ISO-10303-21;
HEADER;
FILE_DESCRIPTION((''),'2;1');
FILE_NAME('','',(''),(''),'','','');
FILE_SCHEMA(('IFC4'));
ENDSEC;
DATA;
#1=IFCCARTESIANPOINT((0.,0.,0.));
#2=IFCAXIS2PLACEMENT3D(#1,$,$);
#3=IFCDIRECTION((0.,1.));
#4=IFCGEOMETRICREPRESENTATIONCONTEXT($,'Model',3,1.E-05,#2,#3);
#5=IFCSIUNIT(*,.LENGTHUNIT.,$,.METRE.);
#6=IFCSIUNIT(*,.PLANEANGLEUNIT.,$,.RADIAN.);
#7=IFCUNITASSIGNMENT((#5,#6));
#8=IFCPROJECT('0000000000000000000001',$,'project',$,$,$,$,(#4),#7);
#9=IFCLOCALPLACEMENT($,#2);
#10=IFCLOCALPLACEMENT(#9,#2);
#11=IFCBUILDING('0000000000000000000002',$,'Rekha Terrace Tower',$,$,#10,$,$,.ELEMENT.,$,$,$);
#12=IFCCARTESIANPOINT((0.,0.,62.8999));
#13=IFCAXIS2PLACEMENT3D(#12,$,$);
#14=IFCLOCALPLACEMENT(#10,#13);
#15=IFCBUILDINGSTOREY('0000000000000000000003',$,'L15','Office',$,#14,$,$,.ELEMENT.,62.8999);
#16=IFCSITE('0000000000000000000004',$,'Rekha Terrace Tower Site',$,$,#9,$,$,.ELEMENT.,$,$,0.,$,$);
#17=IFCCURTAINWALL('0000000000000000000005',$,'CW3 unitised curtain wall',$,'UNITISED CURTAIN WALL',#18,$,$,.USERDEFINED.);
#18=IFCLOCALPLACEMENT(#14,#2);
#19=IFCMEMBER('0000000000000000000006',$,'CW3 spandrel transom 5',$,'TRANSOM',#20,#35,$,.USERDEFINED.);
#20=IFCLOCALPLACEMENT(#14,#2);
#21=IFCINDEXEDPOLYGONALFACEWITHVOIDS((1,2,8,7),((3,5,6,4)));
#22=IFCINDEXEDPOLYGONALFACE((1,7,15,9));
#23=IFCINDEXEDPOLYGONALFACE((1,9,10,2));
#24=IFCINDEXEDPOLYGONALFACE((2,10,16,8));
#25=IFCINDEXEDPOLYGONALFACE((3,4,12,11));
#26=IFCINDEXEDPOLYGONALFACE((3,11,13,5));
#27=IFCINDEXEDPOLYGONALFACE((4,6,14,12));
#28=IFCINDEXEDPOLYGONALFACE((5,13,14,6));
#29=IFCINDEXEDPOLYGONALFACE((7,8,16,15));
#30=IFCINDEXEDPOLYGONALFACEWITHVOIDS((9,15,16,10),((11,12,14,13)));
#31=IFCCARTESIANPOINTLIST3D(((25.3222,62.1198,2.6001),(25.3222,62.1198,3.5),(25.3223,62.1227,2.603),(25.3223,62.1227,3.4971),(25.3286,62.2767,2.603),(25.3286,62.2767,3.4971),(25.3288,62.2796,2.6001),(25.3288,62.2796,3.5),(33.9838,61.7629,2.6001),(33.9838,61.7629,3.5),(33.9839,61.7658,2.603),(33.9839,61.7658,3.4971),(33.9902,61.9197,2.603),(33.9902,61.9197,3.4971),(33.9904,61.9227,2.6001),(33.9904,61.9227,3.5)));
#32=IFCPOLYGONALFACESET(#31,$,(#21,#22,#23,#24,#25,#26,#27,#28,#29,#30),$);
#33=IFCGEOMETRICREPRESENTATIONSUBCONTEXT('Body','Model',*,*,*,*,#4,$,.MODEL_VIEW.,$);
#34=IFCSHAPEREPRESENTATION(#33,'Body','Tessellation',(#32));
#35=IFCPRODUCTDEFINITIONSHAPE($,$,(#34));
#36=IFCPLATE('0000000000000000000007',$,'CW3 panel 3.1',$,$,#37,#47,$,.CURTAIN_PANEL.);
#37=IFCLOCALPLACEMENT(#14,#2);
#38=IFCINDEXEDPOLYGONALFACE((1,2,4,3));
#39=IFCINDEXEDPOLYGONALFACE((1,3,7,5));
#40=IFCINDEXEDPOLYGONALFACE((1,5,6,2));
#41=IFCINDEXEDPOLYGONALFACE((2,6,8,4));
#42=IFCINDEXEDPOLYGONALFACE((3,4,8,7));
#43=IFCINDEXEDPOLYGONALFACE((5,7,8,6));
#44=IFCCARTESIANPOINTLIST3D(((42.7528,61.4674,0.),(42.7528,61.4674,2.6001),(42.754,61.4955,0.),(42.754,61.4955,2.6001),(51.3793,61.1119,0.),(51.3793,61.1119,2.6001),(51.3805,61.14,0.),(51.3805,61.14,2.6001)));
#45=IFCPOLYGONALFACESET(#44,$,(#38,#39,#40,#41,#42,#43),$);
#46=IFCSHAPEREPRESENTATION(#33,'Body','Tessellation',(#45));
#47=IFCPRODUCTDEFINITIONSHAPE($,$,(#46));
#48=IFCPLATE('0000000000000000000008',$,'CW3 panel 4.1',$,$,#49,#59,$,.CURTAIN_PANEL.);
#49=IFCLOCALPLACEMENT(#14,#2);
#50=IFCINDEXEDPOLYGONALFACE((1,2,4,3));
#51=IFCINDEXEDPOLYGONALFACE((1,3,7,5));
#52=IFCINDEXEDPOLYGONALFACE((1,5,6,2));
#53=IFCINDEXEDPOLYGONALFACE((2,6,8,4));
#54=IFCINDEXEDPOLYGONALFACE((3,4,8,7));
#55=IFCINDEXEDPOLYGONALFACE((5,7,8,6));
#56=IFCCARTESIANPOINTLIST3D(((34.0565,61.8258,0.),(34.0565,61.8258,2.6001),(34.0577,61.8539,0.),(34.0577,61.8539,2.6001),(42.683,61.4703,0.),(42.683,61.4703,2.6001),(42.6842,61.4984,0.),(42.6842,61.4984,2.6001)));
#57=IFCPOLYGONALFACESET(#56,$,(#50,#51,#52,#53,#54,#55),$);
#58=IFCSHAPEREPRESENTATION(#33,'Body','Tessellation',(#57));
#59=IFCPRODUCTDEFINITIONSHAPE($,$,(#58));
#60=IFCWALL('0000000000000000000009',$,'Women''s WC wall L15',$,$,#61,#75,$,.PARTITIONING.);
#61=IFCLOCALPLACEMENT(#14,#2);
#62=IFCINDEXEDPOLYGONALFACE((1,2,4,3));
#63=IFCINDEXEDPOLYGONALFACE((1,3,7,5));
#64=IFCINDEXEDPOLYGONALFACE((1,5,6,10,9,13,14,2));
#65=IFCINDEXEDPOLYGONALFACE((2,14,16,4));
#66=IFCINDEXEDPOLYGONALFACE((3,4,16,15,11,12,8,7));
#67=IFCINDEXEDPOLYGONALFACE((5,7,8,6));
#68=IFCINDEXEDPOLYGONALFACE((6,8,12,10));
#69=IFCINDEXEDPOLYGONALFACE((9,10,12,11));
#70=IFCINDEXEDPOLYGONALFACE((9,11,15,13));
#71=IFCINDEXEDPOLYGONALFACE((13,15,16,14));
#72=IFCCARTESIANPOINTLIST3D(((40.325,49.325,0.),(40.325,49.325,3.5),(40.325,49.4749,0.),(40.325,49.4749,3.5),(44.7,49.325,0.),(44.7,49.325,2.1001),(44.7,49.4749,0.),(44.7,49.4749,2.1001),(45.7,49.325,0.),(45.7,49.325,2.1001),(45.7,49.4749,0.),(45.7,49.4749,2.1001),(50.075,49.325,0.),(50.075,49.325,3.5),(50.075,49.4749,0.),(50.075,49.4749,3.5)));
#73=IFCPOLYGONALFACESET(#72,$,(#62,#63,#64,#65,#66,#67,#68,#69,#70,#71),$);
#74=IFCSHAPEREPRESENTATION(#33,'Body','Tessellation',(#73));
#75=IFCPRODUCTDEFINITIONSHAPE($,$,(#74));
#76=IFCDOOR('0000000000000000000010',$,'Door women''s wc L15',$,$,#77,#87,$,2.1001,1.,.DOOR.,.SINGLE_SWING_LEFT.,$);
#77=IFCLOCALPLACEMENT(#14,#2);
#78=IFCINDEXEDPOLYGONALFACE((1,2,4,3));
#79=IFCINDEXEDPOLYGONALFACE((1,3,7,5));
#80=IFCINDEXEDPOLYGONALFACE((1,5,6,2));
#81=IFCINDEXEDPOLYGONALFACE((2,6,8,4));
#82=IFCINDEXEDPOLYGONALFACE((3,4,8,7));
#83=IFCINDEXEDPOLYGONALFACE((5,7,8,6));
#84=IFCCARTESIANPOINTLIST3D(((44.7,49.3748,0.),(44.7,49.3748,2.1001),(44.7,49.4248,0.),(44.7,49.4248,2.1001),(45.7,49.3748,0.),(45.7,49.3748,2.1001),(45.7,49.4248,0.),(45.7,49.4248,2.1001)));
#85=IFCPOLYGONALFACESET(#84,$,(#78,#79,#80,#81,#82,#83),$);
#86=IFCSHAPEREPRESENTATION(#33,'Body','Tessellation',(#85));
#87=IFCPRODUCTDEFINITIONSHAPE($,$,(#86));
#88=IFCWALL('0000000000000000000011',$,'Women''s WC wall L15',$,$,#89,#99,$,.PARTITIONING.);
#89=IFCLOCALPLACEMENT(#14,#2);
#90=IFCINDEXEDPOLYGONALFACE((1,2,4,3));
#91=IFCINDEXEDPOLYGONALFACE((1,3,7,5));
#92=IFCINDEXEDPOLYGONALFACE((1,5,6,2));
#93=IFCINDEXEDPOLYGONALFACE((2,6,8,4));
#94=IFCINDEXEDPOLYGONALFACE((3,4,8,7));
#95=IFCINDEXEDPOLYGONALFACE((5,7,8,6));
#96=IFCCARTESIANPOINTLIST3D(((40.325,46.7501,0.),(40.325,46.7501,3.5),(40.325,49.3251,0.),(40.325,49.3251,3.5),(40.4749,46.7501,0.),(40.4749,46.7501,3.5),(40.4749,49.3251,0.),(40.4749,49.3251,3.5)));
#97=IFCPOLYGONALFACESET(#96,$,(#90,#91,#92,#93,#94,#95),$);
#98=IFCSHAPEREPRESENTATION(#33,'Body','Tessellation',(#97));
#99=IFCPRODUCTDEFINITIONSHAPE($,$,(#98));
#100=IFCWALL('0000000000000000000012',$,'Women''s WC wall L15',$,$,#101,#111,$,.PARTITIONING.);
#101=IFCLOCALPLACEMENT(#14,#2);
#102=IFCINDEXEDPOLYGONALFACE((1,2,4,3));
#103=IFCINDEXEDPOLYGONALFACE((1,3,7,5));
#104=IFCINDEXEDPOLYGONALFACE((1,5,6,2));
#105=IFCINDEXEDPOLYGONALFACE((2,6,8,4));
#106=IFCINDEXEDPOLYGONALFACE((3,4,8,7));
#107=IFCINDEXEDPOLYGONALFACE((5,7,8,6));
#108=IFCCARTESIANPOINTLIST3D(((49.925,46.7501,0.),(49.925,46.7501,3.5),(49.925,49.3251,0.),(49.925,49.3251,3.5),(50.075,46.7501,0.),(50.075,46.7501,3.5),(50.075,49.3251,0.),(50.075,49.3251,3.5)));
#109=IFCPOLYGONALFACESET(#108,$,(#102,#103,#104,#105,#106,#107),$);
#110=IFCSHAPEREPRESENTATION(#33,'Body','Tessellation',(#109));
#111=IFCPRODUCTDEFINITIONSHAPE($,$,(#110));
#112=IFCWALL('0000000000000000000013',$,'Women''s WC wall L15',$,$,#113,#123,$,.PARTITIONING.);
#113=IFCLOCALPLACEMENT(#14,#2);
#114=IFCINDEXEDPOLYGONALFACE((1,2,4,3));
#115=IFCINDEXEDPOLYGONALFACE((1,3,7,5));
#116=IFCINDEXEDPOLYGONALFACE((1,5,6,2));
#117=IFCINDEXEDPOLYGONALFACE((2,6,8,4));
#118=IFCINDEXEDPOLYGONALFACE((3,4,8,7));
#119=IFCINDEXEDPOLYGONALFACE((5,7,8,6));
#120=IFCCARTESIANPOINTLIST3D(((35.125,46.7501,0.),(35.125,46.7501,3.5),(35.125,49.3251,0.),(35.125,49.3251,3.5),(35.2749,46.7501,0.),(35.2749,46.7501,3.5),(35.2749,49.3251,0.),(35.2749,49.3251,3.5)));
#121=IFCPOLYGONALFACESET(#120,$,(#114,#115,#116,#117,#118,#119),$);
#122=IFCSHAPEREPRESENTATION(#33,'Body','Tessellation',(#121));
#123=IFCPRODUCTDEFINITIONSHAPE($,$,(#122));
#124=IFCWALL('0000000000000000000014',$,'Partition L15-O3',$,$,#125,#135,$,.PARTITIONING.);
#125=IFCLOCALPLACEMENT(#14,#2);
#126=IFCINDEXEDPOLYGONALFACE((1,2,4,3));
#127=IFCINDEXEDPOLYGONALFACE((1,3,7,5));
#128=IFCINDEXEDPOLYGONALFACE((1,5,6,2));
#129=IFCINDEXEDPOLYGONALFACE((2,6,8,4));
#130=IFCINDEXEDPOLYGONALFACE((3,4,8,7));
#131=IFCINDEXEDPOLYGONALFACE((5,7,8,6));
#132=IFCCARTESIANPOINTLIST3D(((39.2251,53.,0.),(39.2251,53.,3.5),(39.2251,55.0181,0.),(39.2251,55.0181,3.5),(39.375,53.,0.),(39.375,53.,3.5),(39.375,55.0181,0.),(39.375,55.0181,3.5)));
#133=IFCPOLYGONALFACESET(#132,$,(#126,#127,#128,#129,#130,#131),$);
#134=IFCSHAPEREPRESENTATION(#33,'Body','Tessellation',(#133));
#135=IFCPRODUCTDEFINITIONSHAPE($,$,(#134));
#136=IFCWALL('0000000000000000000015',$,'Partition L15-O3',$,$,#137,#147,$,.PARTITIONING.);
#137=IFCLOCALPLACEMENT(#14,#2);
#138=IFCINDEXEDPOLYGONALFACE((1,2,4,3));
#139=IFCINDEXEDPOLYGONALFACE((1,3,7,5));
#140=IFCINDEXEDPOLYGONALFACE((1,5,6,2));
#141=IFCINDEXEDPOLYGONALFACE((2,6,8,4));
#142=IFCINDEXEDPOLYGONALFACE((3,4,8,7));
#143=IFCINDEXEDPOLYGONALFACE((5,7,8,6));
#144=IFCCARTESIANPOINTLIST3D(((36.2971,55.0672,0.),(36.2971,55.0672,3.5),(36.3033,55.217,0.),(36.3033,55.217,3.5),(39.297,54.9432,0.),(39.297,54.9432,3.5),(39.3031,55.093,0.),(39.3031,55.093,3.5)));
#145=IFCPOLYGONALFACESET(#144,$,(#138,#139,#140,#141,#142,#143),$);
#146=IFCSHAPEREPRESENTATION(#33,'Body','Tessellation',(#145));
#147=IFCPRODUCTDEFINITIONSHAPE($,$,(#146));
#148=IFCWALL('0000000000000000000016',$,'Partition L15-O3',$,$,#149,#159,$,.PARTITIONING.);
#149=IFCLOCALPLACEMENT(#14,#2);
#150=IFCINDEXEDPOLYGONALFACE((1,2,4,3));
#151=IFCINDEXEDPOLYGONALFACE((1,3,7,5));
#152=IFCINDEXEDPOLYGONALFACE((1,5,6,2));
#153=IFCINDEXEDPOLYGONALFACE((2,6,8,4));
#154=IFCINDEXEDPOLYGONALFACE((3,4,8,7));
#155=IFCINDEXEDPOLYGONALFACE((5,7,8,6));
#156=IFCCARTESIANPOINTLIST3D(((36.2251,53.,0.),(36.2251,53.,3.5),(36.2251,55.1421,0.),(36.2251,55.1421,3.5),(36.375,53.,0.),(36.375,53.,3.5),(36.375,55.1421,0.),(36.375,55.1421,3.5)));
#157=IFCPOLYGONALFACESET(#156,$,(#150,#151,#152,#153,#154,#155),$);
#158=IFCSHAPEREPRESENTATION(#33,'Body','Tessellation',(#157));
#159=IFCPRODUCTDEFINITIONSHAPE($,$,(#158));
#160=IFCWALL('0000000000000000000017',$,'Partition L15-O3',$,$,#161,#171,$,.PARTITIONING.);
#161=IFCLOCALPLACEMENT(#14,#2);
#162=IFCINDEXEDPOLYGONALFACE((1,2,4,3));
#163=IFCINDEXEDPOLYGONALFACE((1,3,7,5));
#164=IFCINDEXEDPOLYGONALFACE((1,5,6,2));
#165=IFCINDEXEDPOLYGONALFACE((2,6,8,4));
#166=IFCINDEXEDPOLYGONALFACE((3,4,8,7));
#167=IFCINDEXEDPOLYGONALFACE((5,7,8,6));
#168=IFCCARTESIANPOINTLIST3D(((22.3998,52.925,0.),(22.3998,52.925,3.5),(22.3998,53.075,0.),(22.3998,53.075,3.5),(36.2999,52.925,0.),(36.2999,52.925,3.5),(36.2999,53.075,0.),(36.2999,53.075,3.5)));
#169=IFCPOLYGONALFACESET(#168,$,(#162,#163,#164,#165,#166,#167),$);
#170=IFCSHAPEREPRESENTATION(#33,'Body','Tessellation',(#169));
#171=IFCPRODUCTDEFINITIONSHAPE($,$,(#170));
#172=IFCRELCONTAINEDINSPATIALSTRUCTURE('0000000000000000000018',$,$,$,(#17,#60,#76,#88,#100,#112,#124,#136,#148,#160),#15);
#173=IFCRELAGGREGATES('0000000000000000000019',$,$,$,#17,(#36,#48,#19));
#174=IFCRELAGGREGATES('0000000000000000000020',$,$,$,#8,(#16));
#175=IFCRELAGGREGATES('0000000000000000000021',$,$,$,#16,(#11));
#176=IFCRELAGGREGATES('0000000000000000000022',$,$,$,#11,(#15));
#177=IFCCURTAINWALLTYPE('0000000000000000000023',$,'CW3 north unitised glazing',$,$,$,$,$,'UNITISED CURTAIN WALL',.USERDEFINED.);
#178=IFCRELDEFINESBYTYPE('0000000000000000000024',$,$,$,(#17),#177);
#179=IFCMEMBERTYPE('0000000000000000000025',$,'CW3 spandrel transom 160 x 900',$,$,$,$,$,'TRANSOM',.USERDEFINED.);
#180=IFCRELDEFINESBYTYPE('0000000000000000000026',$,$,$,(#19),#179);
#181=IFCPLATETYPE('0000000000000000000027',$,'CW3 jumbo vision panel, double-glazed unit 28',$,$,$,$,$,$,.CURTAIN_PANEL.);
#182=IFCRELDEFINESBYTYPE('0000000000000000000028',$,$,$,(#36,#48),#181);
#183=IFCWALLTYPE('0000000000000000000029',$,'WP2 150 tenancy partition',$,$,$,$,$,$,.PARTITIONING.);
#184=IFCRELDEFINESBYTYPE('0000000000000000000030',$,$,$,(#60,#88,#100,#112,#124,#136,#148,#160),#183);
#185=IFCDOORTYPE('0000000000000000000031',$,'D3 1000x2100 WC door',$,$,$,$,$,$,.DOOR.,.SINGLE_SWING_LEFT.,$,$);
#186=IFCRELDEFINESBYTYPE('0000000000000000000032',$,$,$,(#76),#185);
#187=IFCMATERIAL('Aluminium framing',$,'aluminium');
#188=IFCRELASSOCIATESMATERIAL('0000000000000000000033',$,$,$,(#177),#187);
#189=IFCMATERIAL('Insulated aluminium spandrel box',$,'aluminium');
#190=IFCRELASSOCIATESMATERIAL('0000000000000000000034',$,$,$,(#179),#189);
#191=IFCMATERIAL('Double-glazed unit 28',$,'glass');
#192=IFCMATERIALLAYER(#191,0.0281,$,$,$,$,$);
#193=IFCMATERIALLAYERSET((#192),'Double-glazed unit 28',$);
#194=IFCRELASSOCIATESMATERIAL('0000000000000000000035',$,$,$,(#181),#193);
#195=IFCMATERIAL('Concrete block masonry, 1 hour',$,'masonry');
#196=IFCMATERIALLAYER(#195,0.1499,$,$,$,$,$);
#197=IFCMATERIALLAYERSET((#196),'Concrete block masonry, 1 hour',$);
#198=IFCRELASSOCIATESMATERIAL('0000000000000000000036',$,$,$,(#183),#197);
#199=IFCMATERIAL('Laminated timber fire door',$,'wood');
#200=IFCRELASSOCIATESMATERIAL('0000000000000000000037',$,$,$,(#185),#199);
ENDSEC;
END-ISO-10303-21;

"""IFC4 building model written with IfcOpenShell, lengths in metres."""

from ifc_helpers import new_model, si_unit, direction, frame, frame_2d, origin, origin_2d, place, context, subcontext, project, spatial, rectangle, hollow_rectangle, extrude, material, layer, layer_set, material_profile, profile_set, type_object, element, fill, aggregate, save


model = new_model("IFC4")

# Units and contexts
model_context = context("Model", 3, precision=1e-05, world=origin(), true_north=direction((0.0, 1.0)))
body_context = subcontext(model_context, "Body", "Model", "MODEL_VIEW")
ifc_project = project(units=[si_unit("LENGTHUNIT", "METRE"), si_unit("PLANEANGLEUNIT", "RADIAN")], contexts=[model_context])

# Site, building, storey
site_placement = place(None, origin())
site = spatial("IfcSite", under=ifc_project, at=site_placement, Name="Rekha Terrace Tower Site", CompositionType="ELEMENT", RefElevation=0.0)
building_placement = place(site_placement, origin())
building = spatial("IfcBuilding", under=site, at=building_placement, Name="Rekha Terrace Tower", CompositionType="ELEMENT")
storey_placement = place(building_placement, frame((0.0, 0.0, 62.8999)))
storey = spatial("IfcBuildingStorey", under=building, at=storey_placement, Name="L15", Description="Office", CompositionType="ELEMENT", Elevation=62.8999)

# Curtain wall, member, plates
ifc_material_1 = material(Name="Aluminium framing", Category="aluminium")
curtain_wall_type = type_object("IfcCurtainWallType", Name="CW3 north unitised glazing", ElementType="UNITISED CURTAIN WALL", PredefinedType="USERDEFINED", material=ifc_material_1)
curtain_wall_placement = place(storey_placement, origin())
curtain_wall = element("IfcCurtainWall", 1, at=curtain_wall_placement, inside=storey, type_object=curtain_wall_type, Name="CW3 unitised curtain wall", ObjectType="UNITISED CURTAIN WALL", PredefinedType="USERDEFINED")
ifc_material_2 = material(Name="Insulated aluminium spandrel box", Category="aluminium")
ifc_material_profile_1 = material_profile(ifc_material_2, hollow_rectangle(XDim=0.1599, YDim=0.8999, WallThickness=0.0029, at=origin_2d()), Name="AL SPANDREL BOX 160x900")
ifc_profile_set_1 = profile_set([ifc_material_profile_1], Name="Insulated aluminium spandrel box")
member_type_1 = type_object("IfcMemberType", Name="CW3 spandrel transom 160 x 900", ElementType="TRANSOM", PredefinedType="USERDEFINED", material=ifc_profile_set_1)
member_1_placement = place(storey_placement, frame((33.9871, 61.8428, 3.05), z_axis=(-0.999152, 0.041174, 0.0), x_axis=(-0.041174, -0.999152, 0.0)))
member_1 = element("IfcMember", 2, at=member_1_placement, type_object=member_type_1, Name="CW3 spandrel transom 5", ObjectType="TRANSOM", PredefinedType="USERDEFINED", context=body_context, shape_type="SweptSolid", body=[
    extrude(hollow_rectangle(XDim=0.1599, YDim=0.8999, WallThickness=0.0029, at=origin_2d()), origin(), (0.0, 0.0, 1.0), 8.6689),
])
ifc_material_3 = material(Name="Double-glazed unit 28", Category="glass")
ifc_layer_1 = layer(ifc_material_3, 0.0281)
ifc_layer_set_1 = layer_set([ifc_layer_1], Name="Double-glazed unit 28")
plate_type = type_object("IfcPlateType", Name="CW3 jumbo vision panel, double-glazed unit 28", PredefinedType="CURTAIN_PANEL", material=ifc_layer_set_1)
plate_1_placement = place(storey_placement, frame((47.0667, 61.3037, 0.0), z_axis=(0.0, 0.0, 1.0), x_axis=(-0.999152, 0.041174, 0.0)))
plate_1 = element("IfcPlate", 3, at=plate_1_placement, type_object=plate_type, Name="CW3 panel 3.1", PredefinedType="CURTAIN_PANEL", context=body_context, shape_type="SweptSolid", body=[
    extrude(rectangle(XDim=8.6338, YDim=0.0281, at=origin_2d()), origin(), (0.0, 0.0, 1.0), 2.6001),
])
plate_2_placement = place(storey_placement, frame((38.3704, 61.6621, 0.0), z_axis=(0.0, 0.0, 1.0), x_axis=(-0.999152, 0.041174, 0.0)))
plate_2 = element("IfcPlate", 4, at=plate_2_placement, type_object=plate_type, Name="CW3 panel 4.1", PredefinedType="CURTAIN_PANEL", context=body_context, shape_type="SweptSolid", body=[
    extrude(rectangle(XDim=8.6338, YDim=0.0281, at=origin_2d()), origin(), (0.0, 0.0, 1.0), 2.6001),
])
aggregate(curtain_wall, [plate_1, plate_2, member_1])

# Wall, opening, door
ifc_material_4 = material(Name="Concrete block masonry, 1 hour", Category="masonry")
ifc_layer_2 = layer(ifc_material_4, 0.1499)
ifc_layer_set_2 = layer_set([ifc_layer_2], Name="Concrete block masonry, 1 hour")
wall_type_1 = type_object("IfcWallType", Name="WP2 150 tenancy partition", PredefinedType="PARTITIONING", material=ifc_layer_set_2)
wall_1_placement = place(storey_placement, frame((40.325, 49.3999, 0.0), z_axis=(0.0, 0.0, 1.0), x_axis=(1.0, 0.0, 0.0)))
wall_1 = element("IfcWall", 5, at=wall_1_placement, inside=storey, type_object=wall_type_1, Name="Women's WC wall L15", PredefinedType="PARTITIONING", context=body_context, shape_type="SweptSolid", body=[
    extrude(rectangle(XDim=9.75, YDim=0.1499, at=frame_2d((4.875, 0.0))), origin(), (0.0, 0.0, 1.0), 3.5),
])
opening_1_placement = place(wall_1_placement, frame((4.375, 0.0, 0.0)))
opening_1 = element("IfcOpeningElement", 6, at=opening_1_placement, cuts=wall_1, PredefinedType="OPENING", context=body_context, shape_type="SweptSolid", body=[
    extrude(rectangle(XDim=1.0, YDim=2.1001, at=frame_2d((0.5, 1.05))), frame((0.0, 0.085, 0.0), z_axis=(0.0, -1.0, 0.0), x_axis=(1.0, 0.0, 0.0)), (0.0, 0.0, 1.0), 0.1699),
])
ifc_material_5 = material(Name="Laminated timber fire door", Category="wood")
door_type_1 = type_object("IfcDoorType", Name="D3 1000x2100 WC door", OperationType="SINGLE_SWING_LEFT", PredefinedType="DOOR", material=ifc_material_5)
door_1_placement = place(opening_1_placement, origin())
door_1 = element("IfcDoor", 7, at=door_1_placement, inside=storey, type_object=door_type_1, Name="Door women's wc L15", OperationType="SINGLE_SWING_LEFT", OverallHeight=2.1001, OverallWidth=1.0, PredefinedType="DOOR", context=body_context, shape_type="SweptSolid", body=[
    extrude(rectangle(XDim=1.0, YDim=2.1001, at=frame_2d((0.5, 1.05))), frame((0.0, 0.0249, 0.0), z_axis=(0.0, -1.0, 0.0), x_axis=(1.0, 0.0, 0.0)), (0.0, 0.0, 1.0), 0.05),
])
fill(opening_1, door_1)

# Walls
for number, where, z_axis, x_axis, name in (
    (8, (40.3999, 46.75, 0.0), (0.0, 0.0, 1.0), (0.0, 1.0, 0.0), "Women's WC wall L15"),
    (9, (50.0, 46.75, 0.0), (0.0, 0.0, 1.0), (0.0, 1.0, 0.0), "Women's WC wall L15"),
    (10, (35.2, 46.75, 0.0), (0.0, 0.0, 1.0), (0.0, 1.0, 0.0), "Women's WC wall L15"),
):
    element("IfcWall", number, at=place(storey_placement, frame(where, z_axis=z_axis, x_axis=x_axis)), inside=storey, type_object=wall_type_1, Name=name, PredefinedType="PARTITIONING", context=body_context, shape_type="SweptSolid", body=[
        extrude(rectangle(XDim=2.575, YDim=0.1499, at=frame_2d((1.2876, 0.0))), origin(), (0.0, 0.0, 1.0), 3.5),
    ])
wall_2_placement = place(storey_placement, frame((39.3, 53.0, 0.0), z_axis=(0.0, 0.0, 1.0), x_axis=(0.0, 1.0, 0.0)))
element("IfcWall", 11, at=wall_2_placement, inside=storey, type_object=wall_type_1, Name="Partition L15-O3", PredefinedType="PARTITIONING", context=body_context, shape_type="SweptSolid", body=[
    extrude(rectangle(XDim=2.0181, YDim=0.1499, at=frame_2d((1.009, 0.0))), origin(), (0.0, 0.0, 1.0), 3.5),
])
wall_3_placement = place(storey_placement, frame((39.3, 55.0181, 0.0), z_axis=(0.0, 0.0, 1.0), x_axis=(-0.999147, 0.041306, 0.0)))
element("IfcWall", 12, at=wall_3_placement, inside=storey, type_object=wall_type_1, Name="Partition L15-O3", PredefinedType="PARTITIONING", context=body_context, shape_type="SweptSolid", body=[
    extrude(rectangle(XDim=3.0024, YDim=0.1499, at=frame_2d((1.5012, 0.0))), origin(), (0.0, 0.0, 1.0), 3.5),
])
wall_4_placement = place(storey_placement, frame((36.3, 55.1421, 0.0), z_axis=(0.0, 0.0, 1.0), x_axis=(0.0, -1.0, 0.0)))
element("IfcWall", 13, at=wall_4_placement, inside=storey, type_object=wall_type_1, Name="Partition L15-O3", PredefinedType="PARTITIONING", context=body_context, shape_type="SweptSolid", body=[
    extrude(rectangle(XDim=2.1421, YDim=0.1499, at=frame_2d((1.071, 0.0))), origin(), (0.0, 0.0, 1.0), 3.5),
])
wall_5_placement = place(storey_placement, frame((36.3, 53.0, 0.0), z_axis=(0.0, 0.0, 1.0), x_axis=(-1.0, 0.0, 0.0)))
element("IfcWall", 14, at=wall_5_placement, inside=storey, type_object=wall_type_1, Name="Partition L15-O3", PredefinedType="PARTITIONING", context=body_context, shape_type="SweptSolid", body=[
    extrude(rectangle(XDim=13.9001, YDim=0.1499, at=frame_2d((6.9502, 0.0))), origin(), (0.0, 0.0, 1.0), 3.5),
])

save(model, "model.ifc")
